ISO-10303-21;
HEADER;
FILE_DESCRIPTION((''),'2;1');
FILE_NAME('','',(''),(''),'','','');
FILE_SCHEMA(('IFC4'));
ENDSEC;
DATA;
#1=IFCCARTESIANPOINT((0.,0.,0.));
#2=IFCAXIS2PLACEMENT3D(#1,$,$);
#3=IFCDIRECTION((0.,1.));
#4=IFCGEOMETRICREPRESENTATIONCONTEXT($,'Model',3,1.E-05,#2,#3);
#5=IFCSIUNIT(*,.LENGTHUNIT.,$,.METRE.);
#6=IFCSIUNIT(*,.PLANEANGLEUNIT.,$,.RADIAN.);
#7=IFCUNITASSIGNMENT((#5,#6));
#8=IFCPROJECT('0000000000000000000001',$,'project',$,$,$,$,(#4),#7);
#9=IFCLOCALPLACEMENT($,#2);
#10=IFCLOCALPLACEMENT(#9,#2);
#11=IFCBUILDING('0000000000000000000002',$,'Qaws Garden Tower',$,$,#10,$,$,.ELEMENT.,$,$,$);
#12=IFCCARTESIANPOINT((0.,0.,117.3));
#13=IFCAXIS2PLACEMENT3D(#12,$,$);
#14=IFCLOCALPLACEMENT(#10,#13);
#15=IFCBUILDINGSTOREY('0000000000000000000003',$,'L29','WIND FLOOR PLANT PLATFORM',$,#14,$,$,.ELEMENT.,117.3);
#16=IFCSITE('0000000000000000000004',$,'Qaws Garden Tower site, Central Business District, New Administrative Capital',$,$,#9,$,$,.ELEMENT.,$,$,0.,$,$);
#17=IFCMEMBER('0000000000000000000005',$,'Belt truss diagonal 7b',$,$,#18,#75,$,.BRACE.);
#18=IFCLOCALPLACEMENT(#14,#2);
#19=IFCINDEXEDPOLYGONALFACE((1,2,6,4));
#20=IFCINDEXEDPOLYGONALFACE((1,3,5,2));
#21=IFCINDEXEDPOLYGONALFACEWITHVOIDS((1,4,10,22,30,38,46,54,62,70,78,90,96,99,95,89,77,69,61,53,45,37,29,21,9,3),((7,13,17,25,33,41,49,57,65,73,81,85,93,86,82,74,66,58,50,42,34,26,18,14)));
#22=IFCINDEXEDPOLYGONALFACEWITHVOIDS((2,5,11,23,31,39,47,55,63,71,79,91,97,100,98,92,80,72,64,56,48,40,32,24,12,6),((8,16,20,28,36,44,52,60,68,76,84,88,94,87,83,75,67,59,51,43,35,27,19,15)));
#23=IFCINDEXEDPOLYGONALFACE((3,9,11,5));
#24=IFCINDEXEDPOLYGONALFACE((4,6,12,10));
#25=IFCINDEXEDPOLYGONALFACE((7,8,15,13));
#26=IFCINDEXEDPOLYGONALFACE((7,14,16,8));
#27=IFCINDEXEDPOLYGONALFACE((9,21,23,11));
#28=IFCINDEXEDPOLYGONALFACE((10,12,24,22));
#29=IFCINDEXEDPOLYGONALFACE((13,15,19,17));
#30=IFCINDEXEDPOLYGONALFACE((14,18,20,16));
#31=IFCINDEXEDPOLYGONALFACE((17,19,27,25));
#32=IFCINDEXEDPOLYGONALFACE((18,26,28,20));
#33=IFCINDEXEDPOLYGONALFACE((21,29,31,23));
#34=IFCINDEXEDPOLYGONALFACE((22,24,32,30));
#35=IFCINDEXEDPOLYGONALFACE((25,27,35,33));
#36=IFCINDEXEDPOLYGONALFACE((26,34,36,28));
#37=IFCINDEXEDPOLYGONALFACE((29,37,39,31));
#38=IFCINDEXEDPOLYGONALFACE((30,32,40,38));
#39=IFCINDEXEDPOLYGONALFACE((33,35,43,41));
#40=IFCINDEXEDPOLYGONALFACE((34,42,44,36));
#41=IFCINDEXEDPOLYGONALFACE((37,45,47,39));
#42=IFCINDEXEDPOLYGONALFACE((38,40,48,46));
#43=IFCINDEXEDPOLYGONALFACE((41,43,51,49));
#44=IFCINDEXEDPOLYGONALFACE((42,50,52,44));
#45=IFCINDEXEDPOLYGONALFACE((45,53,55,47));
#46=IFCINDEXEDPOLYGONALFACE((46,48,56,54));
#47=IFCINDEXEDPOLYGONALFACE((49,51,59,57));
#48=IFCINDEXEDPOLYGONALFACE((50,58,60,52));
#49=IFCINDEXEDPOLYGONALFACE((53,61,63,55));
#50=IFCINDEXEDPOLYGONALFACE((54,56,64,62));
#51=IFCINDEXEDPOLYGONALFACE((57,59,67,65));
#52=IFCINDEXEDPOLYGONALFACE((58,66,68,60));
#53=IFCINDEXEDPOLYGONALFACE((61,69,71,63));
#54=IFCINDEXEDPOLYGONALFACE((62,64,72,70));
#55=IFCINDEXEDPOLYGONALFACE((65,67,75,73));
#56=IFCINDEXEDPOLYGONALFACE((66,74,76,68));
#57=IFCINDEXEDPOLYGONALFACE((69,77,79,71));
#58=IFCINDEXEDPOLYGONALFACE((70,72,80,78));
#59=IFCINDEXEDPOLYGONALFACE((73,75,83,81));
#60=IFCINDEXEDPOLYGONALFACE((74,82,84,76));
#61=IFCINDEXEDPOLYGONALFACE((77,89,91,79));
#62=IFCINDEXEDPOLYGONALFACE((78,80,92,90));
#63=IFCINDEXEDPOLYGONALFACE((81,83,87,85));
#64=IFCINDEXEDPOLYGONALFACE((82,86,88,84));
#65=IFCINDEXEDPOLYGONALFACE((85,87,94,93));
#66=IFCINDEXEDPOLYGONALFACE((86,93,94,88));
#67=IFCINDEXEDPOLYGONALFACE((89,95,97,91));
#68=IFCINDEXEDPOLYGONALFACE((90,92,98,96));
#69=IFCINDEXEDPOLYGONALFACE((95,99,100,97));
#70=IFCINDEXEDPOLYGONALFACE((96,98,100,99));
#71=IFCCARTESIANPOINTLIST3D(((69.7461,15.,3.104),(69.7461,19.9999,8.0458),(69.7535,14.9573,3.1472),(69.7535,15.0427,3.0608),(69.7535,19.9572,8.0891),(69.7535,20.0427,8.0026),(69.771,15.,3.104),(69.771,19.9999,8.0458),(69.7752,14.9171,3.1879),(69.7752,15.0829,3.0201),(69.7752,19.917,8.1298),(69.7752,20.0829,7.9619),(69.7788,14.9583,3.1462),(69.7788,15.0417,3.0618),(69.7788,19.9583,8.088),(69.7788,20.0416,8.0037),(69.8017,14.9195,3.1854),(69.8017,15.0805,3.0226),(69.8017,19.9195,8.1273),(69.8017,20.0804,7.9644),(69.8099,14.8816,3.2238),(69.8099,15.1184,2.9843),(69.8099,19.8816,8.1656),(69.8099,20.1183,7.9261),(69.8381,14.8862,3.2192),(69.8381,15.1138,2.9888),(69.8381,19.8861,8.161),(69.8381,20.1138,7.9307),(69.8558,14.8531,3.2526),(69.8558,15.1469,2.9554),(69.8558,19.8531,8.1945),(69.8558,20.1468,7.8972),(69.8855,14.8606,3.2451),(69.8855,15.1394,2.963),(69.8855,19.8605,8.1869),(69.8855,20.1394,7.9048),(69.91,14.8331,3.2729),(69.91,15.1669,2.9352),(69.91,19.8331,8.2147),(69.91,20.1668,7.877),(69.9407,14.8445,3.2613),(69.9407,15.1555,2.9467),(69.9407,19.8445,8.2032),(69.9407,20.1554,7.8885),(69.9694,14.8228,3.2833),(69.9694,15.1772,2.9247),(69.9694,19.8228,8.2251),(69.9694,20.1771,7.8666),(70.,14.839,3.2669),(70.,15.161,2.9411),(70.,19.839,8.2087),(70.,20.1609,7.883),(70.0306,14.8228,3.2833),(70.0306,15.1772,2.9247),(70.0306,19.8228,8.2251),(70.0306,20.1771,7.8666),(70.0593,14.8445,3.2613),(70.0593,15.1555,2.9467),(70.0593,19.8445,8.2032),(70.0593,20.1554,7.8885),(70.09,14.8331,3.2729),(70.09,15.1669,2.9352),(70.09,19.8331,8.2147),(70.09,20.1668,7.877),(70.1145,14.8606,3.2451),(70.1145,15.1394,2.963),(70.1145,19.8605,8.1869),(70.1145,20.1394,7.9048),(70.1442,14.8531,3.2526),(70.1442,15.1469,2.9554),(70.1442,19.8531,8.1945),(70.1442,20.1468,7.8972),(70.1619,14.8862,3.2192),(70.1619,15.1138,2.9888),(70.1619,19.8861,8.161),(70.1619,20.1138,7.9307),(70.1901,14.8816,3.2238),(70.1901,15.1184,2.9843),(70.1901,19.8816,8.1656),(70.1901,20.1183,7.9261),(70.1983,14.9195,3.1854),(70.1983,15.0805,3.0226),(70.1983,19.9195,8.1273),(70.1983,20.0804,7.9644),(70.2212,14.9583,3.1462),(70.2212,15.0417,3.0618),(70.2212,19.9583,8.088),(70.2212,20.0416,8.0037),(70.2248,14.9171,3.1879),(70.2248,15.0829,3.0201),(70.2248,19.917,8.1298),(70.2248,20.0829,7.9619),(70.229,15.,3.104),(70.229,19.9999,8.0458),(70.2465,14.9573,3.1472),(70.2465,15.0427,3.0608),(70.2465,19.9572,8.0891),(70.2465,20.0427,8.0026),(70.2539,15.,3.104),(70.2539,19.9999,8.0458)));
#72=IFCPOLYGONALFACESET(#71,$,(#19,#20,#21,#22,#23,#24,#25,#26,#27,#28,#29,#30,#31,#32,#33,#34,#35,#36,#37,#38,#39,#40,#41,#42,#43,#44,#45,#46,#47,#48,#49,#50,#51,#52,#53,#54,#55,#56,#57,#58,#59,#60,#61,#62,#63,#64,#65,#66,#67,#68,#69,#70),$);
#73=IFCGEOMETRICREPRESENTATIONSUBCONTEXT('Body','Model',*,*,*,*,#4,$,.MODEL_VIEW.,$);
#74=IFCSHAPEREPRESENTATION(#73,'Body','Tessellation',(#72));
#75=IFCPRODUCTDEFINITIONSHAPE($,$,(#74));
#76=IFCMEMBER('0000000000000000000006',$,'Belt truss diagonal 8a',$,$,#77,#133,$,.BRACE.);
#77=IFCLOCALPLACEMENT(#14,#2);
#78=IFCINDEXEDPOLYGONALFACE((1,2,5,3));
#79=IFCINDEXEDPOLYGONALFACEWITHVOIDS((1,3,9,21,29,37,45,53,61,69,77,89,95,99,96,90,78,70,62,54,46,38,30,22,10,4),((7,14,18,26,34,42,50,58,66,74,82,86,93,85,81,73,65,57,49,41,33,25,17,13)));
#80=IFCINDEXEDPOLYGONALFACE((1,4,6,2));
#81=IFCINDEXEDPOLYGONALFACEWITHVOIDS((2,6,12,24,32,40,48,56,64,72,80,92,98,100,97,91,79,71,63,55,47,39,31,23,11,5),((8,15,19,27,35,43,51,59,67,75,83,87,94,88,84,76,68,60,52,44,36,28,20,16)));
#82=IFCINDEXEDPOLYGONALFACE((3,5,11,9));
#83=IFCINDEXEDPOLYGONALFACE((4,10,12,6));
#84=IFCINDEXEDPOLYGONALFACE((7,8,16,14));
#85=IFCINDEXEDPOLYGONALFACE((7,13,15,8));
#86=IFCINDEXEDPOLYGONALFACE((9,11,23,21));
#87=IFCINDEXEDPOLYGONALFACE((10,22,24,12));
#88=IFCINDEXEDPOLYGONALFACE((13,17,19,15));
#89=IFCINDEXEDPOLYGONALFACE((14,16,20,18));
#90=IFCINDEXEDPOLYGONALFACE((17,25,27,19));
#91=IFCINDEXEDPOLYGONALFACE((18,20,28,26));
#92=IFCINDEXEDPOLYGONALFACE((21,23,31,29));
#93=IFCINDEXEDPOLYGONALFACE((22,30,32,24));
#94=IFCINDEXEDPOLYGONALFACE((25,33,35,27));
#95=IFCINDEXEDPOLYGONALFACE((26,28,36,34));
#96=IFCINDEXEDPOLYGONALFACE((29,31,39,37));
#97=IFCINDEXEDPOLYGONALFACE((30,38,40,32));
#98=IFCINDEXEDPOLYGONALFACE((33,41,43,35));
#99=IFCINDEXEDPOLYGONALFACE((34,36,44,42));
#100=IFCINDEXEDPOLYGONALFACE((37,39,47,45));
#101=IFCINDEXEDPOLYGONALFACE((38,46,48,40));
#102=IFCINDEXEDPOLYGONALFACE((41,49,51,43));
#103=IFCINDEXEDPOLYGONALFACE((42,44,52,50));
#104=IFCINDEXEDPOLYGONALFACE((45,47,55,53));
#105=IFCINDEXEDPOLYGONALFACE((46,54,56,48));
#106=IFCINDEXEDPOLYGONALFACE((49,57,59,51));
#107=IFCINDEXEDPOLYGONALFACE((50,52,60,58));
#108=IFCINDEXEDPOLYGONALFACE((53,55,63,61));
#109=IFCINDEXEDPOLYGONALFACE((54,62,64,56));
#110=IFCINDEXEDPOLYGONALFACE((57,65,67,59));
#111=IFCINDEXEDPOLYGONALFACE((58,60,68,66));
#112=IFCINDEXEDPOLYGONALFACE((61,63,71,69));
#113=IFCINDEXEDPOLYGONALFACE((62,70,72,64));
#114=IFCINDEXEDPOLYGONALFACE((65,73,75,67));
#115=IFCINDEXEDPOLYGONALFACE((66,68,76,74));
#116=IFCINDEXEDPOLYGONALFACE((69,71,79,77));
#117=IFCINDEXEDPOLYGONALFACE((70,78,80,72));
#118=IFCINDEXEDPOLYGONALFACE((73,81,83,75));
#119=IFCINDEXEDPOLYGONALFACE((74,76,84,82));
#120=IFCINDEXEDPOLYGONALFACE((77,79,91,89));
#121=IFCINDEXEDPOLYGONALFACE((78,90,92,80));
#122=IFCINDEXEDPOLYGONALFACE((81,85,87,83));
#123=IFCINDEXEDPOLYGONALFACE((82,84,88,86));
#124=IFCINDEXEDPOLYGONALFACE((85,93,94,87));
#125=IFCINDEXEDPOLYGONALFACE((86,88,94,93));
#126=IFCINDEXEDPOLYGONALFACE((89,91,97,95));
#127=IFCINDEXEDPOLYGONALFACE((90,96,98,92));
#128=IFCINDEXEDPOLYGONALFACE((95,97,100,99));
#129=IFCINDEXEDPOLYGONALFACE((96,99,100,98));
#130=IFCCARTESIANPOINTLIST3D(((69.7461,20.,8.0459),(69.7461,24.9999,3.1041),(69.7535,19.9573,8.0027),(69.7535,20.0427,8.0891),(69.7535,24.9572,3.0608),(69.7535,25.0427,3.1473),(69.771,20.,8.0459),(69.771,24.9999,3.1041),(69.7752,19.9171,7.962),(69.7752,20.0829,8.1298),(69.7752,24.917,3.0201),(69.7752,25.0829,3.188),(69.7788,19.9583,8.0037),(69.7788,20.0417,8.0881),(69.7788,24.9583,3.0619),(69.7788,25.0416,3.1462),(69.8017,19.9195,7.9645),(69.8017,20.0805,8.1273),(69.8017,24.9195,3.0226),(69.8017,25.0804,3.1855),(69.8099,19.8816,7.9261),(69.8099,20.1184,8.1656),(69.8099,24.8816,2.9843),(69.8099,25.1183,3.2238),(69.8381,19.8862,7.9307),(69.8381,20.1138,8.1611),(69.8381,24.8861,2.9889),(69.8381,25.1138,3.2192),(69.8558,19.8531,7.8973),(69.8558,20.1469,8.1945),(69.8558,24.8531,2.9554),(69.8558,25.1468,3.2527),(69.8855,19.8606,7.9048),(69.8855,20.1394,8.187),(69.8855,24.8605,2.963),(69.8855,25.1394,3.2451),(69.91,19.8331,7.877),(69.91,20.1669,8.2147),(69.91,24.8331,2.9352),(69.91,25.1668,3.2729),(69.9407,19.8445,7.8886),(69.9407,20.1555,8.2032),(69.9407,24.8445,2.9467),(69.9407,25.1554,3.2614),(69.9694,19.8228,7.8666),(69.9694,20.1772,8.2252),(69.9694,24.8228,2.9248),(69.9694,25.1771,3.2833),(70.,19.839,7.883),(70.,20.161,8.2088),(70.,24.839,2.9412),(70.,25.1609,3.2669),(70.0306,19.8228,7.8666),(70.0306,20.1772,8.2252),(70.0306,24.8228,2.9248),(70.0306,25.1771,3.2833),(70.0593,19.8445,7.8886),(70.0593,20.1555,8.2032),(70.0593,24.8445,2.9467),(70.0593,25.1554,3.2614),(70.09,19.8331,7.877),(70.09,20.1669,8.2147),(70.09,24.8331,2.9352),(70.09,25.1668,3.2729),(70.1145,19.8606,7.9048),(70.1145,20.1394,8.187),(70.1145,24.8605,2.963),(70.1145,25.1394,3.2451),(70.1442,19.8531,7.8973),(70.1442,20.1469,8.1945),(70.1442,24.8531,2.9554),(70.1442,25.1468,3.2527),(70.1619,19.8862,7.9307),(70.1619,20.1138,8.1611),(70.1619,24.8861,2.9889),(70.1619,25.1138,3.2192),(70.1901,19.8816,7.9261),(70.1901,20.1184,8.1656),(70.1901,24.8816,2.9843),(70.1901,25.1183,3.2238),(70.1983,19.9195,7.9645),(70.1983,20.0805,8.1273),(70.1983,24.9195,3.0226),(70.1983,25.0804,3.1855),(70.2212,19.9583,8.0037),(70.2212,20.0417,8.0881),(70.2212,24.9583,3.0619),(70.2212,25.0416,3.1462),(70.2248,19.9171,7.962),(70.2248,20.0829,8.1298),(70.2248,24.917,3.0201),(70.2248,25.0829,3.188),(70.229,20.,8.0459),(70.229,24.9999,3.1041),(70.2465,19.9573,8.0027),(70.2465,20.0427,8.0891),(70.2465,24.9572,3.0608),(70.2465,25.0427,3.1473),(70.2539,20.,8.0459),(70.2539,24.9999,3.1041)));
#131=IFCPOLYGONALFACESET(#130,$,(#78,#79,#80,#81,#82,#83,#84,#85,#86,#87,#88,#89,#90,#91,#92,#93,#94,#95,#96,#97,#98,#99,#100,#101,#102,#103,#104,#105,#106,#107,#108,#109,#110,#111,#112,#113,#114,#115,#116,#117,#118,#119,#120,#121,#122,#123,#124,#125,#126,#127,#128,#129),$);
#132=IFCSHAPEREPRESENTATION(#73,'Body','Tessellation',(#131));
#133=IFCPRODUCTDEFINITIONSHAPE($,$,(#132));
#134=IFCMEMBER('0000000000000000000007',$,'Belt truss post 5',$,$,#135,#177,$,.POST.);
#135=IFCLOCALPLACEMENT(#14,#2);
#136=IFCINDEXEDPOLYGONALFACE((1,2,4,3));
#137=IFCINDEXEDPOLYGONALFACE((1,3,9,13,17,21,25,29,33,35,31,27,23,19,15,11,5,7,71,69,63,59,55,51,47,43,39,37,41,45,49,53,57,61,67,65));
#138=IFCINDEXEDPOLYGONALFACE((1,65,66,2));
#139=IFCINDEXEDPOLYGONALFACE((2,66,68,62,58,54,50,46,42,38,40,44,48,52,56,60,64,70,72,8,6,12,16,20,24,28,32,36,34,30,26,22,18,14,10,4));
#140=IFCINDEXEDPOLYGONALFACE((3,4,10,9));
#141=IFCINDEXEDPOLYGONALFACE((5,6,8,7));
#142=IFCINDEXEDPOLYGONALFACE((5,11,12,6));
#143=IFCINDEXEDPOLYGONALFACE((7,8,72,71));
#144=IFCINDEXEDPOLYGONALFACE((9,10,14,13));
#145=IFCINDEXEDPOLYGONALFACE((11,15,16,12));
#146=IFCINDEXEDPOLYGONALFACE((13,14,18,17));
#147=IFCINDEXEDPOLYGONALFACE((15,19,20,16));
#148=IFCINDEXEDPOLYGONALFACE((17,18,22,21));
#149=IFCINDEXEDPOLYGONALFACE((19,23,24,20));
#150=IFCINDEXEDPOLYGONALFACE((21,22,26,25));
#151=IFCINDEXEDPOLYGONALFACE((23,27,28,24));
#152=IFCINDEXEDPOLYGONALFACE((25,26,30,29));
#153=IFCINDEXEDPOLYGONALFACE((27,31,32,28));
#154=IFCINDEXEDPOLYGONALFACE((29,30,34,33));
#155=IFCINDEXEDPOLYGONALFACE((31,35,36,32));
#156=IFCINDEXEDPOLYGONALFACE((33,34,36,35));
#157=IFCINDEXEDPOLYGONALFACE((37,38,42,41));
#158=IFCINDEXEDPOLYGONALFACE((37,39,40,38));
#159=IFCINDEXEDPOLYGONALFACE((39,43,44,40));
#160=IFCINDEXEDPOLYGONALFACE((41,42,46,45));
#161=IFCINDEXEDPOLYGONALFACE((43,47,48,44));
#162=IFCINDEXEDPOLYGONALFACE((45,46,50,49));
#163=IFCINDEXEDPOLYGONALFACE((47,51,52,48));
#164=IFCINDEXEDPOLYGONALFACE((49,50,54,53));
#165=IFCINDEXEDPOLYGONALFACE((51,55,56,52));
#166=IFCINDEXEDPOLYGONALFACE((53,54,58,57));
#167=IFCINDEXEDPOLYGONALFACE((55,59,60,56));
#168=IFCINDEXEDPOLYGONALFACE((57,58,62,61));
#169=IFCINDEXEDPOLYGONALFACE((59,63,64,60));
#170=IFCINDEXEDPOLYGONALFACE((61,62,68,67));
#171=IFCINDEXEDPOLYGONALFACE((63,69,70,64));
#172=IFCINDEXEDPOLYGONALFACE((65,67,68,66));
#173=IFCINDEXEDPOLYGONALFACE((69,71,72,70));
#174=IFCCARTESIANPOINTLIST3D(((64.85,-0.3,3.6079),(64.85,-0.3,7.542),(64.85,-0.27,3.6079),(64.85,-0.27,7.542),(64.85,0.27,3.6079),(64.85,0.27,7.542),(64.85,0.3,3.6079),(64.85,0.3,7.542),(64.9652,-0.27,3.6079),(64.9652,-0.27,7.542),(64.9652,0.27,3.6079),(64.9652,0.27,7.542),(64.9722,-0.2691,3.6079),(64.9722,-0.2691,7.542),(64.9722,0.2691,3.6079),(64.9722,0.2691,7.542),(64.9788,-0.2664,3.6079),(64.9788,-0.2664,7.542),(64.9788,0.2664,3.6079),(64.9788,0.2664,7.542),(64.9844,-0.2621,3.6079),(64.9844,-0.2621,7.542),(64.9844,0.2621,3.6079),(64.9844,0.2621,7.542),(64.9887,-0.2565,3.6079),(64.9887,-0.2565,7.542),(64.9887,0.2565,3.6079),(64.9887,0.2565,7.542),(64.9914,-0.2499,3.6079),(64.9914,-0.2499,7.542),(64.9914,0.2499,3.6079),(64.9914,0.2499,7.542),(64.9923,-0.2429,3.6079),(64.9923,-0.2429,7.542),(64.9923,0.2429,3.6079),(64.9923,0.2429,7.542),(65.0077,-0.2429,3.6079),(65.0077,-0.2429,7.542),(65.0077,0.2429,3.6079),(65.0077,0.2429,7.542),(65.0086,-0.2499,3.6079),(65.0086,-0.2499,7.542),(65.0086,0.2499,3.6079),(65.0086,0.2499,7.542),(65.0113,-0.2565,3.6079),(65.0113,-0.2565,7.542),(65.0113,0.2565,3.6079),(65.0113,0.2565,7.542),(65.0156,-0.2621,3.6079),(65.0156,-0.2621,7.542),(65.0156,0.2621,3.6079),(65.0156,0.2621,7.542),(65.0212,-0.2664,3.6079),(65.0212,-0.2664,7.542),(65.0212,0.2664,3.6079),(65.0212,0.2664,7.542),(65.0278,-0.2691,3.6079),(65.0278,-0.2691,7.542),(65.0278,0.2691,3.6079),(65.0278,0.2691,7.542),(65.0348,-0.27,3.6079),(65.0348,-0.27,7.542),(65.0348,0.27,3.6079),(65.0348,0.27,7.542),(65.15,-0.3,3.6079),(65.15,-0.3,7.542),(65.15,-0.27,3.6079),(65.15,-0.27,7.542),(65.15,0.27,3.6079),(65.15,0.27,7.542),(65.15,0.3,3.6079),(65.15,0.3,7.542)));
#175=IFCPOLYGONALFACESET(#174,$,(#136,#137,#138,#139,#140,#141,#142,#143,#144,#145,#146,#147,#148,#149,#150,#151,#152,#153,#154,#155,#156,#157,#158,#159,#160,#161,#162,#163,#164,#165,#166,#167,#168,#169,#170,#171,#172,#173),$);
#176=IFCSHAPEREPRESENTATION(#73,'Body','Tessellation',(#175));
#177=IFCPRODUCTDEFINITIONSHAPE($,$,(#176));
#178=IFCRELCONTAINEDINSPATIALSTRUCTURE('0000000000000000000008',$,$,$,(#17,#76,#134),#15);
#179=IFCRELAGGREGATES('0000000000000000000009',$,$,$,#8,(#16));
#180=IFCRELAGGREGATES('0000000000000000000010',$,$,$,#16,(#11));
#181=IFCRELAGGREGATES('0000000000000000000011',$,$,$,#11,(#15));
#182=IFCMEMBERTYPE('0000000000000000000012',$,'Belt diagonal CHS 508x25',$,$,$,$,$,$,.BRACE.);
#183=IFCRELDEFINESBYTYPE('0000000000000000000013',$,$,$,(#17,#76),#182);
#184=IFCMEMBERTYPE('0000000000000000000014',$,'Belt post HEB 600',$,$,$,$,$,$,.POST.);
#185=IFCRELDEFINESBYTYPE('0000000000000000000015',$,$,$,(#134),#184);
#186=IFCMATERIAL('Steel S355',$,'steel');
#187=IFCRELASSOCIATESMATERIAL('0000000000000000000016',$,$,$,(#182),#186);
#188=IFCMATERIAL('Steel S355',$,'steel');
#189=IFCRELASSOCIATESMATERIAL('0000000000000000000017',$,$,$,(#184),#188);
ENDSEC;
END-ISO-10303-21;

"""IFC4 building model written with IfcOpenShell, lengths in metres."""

from ifc_helpers import new_model, si_unit, direction, frame, origin, origin_2d, place, context, subcontext, project, spatial, hollow_circle, i_section, extrude, material, material_profile, profile_set, type_object, element, save


model = new_model("IFC4")

# Units and contexts
model_context = context("Model", 3, precision=1e-05, world=origin(), true_north=direction((0.0, 1.0)))
body_context = subcontext(model_context, "Body", "Model", "MODEL_VIEW")
ifc_project = project(units=[si_unit("LENGTHUNIT", "METRE"), si_unit("PLANEANGLEUNIT", "RADIAN")], contexts=[model_context])

# Site, building, storey
site_placement = place(None, origin())
site = spatial("IfcSite", under=ifc_project, at=site_placement, Name="Qaws Garden Tower site, Central Business District, New Administrative Capital", CompositionType="ELEMENT", RefElevation=0.0)
building_placement = place(site_placement, origin())
building = spatial("IfcBuilding", under=site, at=building_placement, Name="Qaws Garden Tower", CompositionType="ELEMENT")
storey_placement = place(building_placement, frame((0.0, 0.0, 117.3)))
storey = spatial("IfcBuildingStorey", under=building, at=storey_placement, Name="L29", Description="WIND FLOOR PLANT PLATFORM", CompositionType="ELEMENT", Elevation=117.3)

# Members
ifc_material_1 = material(Name="Steel S355", Category="steel")
ifc_material_profile_1 = material_profile(ifc_material_1, hollow_circle(Radius=0.2539, WallThickness=0.0249, at=origin_2d()), Name="CHS 508x25")
ifc_profile_set_1 = profile_set([ifc_material_profile_1], Name="Steel S355")
member_type_1 = type_object("IfcMemberType", Name="Belt diagonal CHS 508x25", PredefinedType="BRACE", material=ifc_profile_set_1)
for number, where, z_axis, x_axis, name in (
    (1, (70.0, 15.0, 3.104), (0.0, 0.711227, 0.702962), (-1.0, 0.0, 0.0), "Belt truss diagonal 7b"),
    (2, (70.0, 20.0, 8.0459), (0.0, 0.711227, -0.702962), (-1.0, 0.0, 0.0), "Belt truss diagonal 8a"),
):
    element("IfcMember", number, at=place(storey_placement, frame(where, z_axis=z_axis, x_axis=x_axis)), inside=storey, type_object=member_type_1, Name=name, PredefinedType="BRACE", context=body_context, shape_type="SweptSolid", body=[
        extrude(hollow_circle(Radius=0.2539, WallThickness=0.0249, at=origin_2d()), origin(), (0.0, 0.0, 1.0), 7.03),
    ])
ifc_material_2 = material(Name="Steel S355", Category="steel")
ifc_material_profile_2 = material_profile(ifc_material_2, i_section(OverallWidth=0.3, OverallDepth=0.6001, WebThickness=0.0154, FlangeThickness=0.03, FilletRadius=0.0271, at=origin_2d()), Name="HEB 600")
ifc_profile_set_2 = profile_set([ifc_material_profile_2], Name="Steel S355")
member_type_2 = type_object("IfcMemberType", Name="Belt post HEB 600", PredefinedType="POST", material=ifc_profile_set_2)
placement_1 = place(storey_placement, frame((65.0, 0.0, 3.6079), z_axis=(0.0, 0.0, 1.0), x_axis=(1.0, 0.0, 0.0)))
element("IfcMember", 3, at=placement_1, inside=storey, type_object=member_type_2, Name="Belt truss post 5", PredefinedType="POST", context=body_context, shape_type="SweptSolid", body=[
    extrude(i_section(OverallWidth=0.3, OverallDepth=0.6001, WebThickness=0.0154, FlangeThickness=0.03, FilletRadius=0.0271, at=origin_2d()), origin(), (0.0, 0.0, 1.0), 3.9341),
])

save(model, "model.ifc")
